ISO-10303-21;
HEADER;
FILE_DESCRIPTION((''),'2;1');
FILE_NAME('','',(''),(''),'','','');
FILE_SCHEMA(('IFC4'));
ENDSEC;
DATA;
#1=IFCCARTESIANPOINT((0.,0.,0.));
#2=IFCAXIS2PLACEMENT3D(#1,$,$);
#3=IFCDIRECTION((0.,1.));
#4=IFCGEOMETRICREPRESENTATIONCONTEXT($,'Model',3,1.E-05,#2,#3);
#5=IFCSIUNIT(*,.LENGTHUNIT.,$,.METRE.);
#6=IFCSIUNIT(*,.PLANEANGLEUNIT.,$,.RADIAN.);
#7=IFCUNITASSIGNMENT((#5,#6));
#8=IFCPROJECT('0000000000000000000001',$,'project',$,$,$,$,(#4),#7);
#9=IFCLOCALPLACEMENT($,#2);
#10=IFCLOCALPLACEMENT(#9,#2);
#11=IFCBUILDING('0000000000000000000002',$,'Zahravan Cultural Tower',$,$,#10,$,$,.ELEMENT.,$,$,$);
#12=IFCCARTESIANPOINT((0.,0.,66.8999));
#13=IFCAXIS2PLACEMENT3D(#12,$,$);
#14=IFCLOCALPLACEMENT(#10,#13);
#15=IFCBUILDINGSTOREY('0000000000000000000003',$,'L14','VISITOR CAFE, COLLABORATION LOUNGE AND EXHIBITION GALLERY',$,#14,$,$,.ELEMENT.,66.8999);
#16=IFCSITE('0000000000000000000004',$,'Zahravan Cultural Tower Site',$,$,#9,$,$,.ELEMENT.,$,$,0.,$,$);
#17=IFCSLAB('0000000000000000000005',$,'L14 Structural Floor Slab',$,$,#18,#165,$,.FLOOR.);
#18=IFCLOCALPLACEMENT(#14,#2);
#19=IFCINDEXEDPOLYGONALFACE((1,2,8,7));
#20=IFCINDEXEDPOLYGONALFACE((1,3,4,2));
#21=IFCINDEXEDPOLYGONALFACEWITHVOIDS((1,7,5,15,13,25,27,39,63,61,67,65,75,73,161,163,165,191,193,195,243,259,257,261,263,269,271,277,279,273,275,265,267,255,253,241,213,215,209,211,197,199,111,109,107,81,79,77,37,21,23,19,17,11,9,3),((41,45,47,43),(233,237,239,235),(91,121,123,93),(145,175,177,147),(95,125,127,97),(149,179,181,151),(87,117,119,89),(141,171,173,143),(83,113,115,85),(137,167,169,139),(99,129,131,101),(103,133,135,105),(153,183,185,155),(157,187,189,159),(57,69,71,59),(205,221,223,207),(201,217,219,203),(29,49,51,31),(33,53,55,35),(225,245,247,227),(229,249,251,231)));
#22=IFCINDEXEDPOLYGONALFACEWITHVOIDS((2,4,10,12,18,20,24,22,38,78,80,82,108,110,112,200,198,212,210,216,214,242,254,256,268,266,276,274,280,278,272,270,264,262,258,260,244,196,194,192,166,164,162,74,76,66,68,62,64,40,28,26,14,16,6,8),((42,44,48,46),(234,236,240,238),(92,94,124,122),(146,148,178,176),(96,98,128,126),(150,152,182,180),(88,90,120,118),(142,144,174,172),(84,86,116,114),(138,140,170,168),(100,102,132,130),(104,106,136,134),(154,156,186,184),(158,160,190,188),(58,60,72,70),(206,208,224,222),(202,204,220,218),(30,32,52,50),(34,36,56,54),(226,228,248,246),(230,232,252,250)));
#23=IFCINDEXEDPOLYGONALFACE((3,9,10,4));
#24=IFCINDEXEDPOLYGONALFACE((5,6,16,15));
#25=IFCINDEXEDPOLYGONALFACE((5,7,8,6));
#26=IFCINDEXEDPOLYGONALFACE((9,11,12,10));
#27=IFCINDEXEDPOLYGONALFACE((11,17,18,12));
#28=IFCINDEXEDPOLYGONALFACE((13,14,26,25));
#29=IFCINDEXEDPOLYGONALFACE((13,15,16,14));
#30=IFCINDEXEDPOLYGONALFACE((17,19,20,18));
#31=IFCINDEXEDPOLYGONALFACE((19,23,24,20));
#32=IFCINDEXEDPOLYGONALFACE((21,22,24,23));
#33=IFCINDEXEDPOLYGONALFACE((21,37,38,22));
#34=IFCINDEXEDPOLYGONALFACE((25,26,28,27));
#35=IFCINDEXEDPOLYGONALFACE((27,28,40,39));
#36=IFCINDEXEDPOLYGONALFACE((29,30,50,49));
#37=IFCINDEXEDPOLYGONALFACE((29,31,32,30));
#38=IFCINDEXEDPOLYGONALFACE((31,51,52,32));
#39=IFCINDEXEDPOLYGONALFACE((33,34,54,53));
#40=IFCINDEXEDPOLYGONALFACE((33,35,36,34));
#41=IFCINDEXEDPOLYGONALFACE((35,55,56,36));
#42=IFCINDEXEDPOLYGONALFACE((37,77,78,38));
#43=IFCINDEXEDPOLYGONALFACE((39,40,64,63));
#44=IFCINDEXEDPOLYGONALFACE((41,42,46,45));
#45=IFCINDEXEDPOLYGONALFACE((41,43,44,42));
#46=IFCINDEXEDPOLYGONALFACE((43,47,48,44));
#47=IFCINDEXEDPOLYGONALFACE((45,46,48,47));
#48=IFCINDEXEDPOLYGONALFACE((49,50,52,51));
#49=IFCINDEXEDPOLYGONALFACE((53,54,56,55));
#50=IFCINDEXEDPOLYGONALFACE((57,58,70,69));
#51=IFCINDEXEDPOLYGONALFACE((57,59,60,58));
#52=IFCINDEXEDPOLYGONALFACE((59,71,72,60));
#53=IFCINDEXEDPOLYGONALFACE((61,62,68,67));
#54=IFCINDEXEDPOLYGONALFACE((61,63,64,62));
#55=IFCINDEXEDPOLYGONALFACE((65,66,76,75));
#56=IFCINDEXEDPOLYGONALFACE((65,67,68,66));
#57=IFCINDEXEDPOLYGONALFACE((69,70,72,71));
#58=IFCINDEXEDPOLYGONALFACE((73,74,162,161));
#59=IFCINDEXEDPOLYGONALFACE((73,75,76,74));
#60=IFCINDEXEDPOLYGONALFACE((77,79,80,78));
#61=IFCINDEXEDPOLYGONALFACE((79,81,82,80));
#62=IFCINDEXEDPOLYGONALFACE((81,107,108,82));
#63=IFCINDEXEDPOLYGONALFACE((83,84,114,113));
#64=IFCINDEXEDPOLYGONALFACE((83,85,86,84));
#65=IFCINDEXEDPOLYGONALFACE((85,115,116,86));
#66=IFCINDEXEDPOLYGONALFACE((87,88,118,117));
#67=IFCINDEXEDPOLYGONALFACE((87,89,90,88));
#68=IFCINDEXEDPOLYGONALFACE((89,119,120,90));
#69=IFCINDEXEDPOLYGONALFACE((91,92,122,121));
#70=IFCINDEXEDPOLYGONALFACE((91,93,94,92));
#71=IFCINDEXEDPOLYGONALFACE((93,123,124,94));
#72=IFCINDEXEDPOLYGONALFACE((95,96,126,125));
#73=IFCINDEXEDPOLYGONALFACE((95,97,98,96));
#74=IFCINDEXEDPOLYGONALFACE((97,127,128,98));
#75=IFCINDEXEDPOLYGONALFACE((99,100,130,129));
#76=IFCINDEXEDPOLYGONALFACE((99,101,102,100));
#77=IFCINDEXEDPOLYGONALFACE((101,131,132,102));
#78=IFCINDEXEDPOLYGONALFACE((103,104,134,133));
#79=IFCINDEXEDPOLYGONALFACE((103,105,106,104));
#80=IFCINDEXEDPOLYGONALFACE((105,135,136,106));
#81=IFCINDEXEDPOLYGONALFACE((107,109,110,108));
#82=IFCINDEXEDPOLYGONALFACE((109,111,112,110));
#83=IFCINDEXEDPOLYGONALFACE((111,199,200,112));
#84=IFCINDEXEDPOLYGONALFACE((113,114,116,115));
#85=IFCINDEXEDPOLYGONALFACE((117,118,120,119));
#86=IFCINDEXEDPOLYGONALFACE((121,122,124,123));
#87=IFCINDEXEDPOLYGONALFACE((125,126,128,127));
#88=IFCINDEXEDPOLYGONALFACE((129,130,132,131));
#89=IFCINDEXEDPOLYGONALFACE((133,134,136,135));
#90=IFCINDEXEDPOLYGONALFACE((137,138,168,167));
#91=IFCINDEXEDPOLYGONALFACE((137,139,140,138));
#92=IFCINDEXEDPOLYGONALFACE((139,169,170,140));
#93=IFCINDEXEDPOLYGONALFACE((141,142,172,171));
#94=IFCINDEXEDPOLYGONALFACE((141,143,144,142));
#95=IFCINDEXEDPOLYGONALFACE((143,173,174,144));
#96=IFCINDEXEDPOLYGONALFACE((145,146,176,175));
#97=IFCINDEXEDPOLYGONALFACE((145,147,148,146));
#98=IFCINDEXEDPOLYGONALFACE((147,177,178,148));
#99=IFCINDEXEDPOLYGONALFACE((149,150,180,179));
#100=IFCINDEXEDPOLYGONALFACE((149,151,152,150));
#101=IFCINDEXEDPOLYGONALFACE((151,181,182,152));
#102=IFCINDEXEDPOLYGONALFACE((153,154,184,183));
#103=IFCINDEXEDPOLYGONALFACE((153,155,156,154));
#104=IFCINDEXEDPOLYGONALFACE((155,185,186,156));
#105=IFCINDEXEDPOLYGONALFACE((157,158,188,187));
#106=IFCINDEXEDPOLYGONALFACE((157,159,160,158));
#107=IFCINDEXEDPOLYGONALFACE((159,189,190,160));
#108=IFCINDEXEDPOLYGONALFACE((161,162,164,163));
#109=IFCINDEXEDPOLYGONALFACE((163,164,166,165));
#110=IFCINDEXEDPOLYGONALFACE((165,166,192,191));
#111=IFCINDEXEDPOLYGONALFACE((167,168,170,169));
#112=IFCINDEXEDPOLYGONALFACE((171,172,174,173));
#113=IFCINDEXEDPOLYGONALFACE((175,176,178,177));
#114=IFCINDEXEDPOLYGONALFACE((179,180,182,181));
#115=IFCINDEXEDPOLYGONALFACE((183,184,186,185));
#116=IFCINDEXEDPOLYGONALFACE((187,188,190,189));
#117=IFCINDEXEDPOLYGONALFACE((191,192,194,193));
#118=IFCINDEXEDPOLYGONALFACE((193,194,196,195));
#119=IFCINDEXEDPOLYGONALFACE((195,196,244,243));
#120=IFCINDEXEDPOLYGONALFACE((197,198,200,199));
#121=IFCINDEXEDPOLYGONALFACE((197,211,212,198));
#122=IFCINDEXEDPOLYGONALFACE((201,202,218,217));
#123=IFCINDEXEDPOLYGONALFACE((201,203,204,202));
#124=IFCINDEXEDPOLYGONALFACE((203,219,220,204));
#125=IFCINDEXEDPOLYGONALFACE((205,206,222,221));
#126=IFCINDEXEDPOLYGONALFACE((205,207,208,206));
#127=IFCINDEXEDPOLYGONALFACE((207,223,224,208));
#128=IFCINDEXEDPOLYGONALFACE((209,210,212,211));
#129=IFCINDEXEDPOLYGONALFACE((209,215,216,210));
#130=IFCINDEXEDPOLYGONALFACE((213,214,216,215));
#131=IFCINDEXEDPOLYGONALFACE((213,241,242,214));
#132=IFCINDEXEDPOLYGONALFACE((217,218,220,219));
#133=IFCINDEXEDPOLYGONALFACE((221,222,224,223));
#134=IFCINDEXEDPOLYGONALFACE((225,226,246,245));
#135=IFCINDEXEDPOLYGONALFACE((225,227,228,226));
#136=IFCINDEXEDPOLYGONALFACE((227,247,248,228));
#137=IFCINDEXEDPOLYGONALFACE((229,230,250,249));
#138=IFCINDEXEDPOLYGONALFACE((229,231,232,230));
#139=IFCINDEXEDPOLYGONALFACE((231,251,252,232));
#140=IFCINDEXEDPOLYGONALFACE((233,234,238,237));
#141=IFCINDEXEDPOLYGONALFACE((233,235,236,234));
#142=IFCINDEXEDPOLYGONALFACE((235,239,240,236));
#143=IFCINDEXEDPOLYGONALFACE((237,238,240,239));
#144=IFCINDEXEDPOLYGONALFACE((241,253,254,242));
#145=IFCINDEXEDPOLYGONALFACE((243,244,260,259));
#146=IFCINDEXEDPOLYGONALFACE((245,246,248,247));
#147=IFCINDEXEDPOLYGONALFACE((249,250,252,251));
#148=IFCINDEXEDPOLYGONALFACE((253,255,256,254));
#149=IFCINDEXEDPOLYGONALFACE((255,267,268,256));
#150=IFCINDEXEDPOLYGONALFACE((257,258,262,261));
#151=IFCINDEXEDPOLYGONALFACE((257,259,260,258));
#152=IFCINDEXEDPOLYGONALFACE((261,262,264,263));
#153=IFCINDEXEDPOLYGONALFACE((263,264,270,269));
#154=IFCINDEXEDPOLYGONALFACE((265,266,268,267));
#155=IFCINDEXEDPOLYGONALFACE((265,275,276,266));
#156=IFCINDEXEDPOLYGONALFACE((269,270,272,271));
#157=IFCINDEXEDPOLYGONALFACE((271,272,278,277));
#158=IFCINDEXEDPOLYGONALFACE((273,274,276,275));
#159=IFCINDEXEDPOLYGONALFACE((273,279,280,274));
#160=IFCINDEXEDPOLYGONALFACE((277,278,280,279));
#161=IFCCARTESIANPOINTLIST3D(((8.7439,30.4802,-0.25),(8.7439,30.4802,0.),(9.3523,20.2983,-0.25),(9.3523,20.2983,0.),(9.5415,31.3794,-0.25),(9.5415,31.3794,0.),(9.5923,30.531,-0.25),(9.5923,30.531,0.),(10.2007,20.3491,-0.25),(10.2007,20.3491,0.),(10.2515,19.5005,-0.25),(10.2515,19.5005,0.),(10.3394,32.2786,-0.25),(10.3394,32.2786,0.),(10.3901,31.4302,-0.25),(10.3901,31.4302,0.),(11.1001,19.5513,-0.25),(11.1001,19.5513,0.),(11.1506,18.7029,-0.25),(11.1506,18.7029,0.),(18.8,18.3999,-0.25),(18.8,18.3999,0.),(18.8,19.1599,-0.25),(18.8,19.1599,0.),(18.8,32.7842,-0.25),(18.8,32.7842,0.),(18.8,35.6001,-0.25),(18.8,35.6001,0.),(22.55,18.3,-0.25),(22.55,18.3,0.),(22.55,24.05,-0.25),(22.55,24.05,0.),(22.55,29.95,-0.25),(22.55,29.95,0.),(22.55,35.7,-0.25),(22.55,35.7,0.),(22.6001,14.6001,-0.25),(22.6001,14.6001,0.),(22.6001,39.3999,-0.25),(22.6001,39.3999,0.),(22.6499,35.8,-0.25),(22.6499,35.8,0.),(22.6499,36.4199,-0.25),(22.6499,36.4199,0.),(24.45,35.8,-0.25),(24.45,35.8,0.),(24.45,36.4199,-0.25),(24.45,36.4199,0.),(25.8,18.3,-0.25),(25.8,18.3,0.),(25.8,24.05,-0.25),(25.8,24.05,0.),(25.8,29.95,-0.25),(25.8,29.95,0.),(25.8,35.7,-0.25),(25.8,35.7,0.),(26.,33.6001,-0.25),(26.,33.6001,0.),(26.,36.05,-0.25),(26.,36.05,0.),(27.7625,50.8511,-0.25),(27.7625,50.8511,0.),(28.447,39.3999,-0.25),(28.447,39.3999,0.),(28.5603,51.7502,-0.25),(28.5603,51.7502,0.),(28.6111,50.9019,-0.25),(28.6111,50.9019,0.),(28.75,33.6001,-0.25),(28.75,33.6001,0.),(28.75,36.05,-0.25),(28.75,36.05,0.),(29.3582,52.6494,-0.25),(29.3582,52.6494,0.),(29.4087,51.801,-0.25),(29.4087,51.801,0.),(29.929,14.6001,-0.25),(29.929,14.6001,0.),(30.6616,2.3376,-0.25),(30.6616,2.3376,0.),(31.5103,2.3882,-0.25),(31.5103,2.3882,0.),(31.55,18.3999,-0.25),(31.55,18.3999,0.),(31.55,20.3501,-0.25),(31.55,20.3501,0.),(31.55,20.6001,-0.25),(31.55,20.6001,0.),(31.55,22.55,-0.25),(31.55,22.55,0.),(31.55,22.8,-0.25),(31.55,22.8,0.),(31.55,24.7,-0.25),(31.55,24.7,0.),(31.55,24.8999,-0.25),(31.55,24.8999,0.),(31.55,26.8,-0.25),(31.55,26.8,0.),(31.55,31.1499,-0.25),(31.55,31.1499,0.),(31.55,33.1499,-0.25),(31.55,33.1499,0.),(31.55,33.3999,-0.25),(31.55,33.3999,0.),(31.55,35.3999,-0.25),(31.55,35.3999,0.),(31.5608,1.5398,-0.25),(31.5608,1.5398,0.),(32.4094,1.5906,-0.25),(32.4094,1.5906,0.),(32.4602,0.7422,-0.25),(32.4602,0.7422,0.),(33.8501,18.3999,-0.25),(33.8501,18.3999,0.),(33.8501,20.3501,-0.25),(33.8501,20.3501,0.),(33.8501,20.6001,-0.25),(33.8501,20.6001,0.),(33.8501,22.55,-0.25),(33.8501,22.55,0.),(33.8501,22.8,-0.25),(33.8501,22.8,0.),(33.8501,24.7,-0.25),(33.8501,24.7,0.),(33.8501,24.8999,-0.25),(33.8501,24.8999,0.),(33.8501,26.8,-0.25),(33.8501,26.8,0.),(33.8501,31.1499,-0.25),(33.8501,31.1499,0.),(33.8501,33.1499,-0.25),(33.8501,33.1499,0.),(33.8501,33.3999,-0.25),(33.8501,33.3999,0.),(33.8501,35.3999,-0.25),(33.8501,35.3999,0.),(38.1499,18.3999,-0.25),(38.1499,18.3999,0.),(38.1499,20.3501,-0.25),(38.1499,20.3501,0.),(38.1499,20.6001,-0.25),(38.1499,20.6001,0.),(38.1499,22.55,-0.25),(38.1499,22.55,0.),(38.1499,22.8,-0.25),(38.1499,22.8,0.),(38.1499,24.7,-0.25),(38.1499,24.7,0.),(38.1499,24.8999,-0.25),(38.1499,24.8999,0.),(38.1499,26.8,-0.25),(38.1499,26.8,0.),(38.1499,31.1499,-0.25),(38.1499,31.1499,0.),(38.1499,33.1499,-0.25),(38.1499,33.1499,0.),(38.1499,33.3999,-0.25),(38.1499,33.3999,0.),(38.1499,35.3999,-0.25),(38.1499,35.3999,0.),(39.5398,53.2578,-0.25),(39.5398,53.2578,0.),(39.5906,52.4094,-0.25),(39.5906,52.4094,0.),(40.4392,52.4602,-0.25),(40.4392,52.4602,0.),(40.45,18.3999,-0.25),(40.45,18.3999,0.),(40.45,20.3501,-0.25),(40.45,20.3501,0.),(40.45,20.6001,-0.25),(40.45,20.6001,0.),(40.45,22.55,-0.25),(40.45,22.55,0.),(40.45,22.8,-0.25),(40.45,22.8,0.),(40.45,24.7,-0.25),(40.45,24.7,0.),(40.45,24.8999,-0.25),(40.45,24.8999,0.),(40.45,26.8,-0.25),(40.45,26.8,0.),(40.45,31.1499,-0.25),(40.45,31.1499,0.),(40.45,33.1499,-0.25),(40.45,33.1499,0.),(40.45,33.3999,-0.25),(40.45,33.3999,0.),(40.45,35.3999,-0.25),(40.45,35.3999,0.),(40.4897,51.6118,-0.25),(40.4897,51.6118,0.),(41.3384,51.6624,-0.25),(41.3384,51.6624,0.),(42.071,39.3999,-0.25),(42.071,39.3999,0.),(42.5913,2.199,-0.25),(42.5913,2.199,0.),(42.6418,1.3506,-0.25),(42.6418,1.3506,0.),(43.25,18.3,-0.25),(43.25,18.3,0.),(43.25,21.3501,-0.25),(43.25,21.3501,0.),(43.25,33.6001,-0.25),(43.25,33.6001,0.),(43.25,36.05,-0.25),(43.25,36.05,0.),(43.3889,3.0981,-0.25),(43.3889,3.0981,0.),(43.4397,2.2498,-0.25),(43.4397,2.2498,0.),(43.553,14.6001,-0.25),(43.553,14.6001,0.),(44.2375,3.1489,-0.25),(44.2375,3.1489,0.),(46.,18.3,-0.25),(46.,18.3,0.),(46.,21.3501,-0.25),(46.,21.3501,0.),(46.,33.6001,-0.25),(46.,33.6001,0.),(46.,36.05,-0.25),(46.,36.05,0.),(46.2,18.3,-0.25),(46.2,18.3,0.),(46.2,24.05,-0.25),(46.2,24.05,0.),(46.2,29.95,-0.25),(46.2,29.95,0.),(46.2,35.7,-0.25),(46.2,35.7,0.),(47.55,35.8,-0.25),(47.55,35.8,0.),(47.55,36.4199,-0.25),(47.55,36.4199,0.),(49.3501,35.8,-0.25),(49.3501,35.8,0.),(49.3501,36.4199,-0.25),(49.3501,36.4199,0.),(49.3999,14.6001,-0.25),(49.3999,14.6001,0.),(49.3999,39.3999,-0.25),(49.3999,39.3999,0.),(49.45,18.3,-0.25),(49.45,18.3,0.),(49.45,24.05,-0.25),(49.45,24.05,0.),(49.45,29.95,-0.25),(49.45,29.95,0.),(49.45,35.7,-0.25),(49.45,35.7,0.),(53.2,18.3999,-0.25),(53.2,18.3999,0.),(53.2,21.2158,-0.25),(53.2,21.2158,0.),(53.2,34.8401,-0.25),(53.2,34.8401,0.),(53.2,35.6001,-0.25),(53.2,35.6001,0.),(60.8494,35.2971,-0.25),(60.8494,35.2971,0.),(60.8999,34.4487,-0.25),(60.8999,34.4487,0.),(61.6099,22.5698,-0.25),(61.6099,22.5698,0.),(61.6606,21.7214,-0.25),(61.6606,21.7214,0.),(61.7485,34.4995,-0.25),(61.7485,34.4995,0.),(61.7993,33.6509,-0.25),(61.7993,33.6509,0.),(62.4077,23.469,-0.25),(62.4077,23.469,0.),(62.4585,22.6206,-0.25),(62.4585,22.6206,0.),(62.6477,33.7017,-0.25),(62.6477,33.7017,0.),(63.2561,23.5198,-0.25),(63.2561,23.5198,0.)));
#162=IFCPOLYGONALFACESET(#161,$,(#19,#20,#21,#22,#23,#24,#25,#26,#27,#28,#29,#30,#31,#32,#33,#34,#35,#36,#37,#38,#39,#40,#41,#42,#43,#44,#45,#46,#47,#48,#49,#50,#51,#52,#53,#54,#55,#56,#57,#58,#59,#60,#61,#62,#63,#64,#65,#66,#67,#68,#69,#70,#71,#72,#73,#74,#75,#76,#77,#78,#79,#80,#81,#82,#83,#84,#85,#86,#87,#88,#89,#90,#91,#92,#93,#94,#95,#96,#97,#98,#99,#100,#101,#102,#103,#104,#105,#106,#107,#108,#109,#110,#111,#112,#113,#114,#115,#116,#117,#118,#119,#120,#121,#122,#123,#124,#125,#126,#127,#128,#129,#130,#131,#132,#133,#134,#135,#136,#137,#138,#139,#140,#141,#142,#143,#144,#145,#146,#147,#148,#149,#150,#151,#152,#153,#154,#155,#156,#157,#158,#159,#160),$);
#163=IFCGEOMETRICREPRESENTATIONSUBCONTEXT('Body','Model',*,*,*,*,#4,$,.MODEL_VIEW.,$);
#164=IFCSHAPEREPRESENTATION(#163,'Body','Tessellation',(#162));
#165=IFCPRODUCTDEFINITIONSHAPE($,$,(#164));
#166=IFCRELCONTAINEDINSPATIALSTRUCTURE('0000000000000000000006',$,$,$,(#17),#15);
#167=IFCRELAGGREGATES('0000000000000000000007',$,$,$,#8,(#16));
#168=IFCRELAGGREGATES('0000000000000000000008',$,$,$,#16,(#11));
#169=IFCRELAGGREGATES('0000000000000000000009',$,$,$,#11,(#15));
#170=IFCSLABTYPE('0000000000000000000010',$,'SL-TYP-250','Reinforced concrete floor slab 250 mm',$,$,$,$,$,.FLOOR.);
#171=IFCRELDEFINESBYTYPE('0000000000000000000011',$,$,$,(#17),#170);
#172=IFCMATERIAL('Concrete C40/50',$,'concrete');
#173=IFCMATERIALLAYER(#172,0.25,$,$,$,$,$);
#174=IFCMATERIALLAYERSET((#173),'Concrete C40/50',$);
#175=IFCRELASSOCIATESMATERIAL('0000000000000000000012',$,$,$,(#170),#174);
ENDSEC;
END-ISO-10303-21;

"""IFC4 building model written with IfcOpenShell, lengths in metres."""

from ifc_helpers import new_model, si_unit, direction, frame, origin, place, context, subcontext, project, spatial, polyline, outline, extrude, material, layer, layer_set, type_object, element, save


model = new_model("IFC4")

# Units and contexts
model_context = context("Model", 3, precision=1e-05, world=origin(), true_north=direction((0.0, 1.0)))
body_context = subcontext(model_context, "Body", "Model", "MODEL_VIEW")
ifc_project = project(units=[si_unit("LENGTHUNIT", "METRE"), si_unit("PLANEANGLEUNIT", "RADIAN")], contexts=[model_context])

# Site, building, storey
site_placement = place(None, origin())
site = spatial("IfcSite", under=ifc_project, at=site_placement, Name="Zahravan Cultural Tower Site", CompositionType="ELEMENT", RefElevation=0.0)
building_placement = place(site_placement, origin())
building = spatial("IfcBuilding", under=site, at=building_placement, Name="Zahravan Cultural Tower", CompositionType="ELEMENT")
storey_placement = place(building_placement, frame((0.0, 0.0, 66.8999)))
storey = spatial("IfcBuildingStorey", under=building, at=storey_placement, Name="L14", Description="VISITOR CAFE, COLLABORATION LOUNGE AND EXHIBITION GALLERY", CompositionType="ELEMENT", Elevation=66.8999)

# Slab
ifc_material_1 = material(Name="Concrete C40/50", Category="concrete")
ifc_layer_1 = layer(ifc_material_1, 0.25)
ifc_layer_set_1 = layer_set([ifc_layer_1], Name="Concrete C40/50")
slab_type_1 = type_object("IfcSlabType", Name="SL-TYP-250", Description="Reinforced concrete floor slab 250 mm", PredefinedType="FLOOR", material=ifc_layer_set_1)
slab_1_placement = place(storey_placement, frame((0.0, 0.0, -0.25)))
element("IfcSlab", 1, at=slab_1_placement, inside=storey, type_object=slab_type_1, Name="L14 Structural Floor Slab", PredefinedType="FLOOR", context=body_context, shape_type="SweptSolid", body=[
    extrude(outline(polyline([(53.2, 34.8401), (53.2, 35.6001), (49.3999, 39.3999), (42.071, 39.3999), (41.3384, 51.6624), (40.4897, 51.6118), (40.4392, 52.4602), (39.5906, 52.4094), (39.5398, 53.2578), (29.3582, 52.6494), (29.4087, 51.801), (28.5603, 51.7502), (28.6111, 50.9019), (27.7625, 50.8511), (28.447, 39.3999), (22.6001, 39.3999), (18.8, 35.6001), (18.8, 32.7842), (10.3394, 32.2786), (10.3901, 31.4302), (9.5415, 31.3794), (9.5923, 30.531), (8.7439, 30.4802), (9.3523, 20.2983), (10.2007, 20.3491), (10.2515, 19.5005), (11.1001, 19.5513), (11.1506, 18.7029), (18.8, 19.1599), (18.8, 18.3999), (22.6001, 14.6001), (29.929, 14.6001), (30.6616, 2.3376), (31.5103, 2.3882), (31.5608, 1.5398), (32.4094, 1.5906), (32.4602, 0.7422), (42.6418, 1.3506), (42.5913, 2.199), (43.4397, 2.2498), (43.3889, 3.0981), (44.2375, 3.1489), (43.553, 14.6001), (49.3999, 14.6001), (53.2, 18.3999), (53.2, 21.2158), (61.6606, 21.7214), (61.6099, 22.5698), (62.4585, 22.6206), (62.4077, 23.469), (63.2561, 23.5198), (62.6477, 33.7017), (61.7993, 33.6509), (61.7485, 34.4995), (60.8999, 34.4487), (60.8494, 35.2971), (53.2, 34.8401)]), holes=[polyline([(22.55, 29.95), (22.55, 35.7), (25.8, 35.7), (25.8, 29.95), (22.55, 29.95)]), polyline([(22.55, 18.3), (22.55, 24.05), (25.8, 24.05), (25.8, 18.3), (22.55, 18.3)]), polyline([(46.2, 29.95), (46.2, 35.7), (49.45, 35.7), (49.45, 29.95), (46.2, 29.95)]), polyline([(46.2, 18.3), (46.2, 24.05), (49.45, 24.05), (49.45, 18.3), (46.2, 18.3)]), polyline([(26.0, 33.6001), (26.0, 36.05), (28.75, 36.05), (28.75, 33.6001), (26.0, 33.6001)]), polyline([(43.25, 33.6001), (43.25, 36.05), (46.0, 36.05), (46.0, 33.6001), (43.25, 33.6001)]), polyline([(43.25, 18.3), (43.25, 21.3501), (46.0, 21.3501), (46.0, 18.3), (43.25, 18.3)]), polyline([(31.55, 33.3999), (31.55, 35.3999), (33.8501, 35.3999), (33.8501, 33.3999), (31.55, 33.3999)]), polyline([(31.55, 31.1499), (31.55, 33.1499), (33.8501, 33.1499), (33.8501, 31.1499), (31.55, 31.1499)]), polyline([(38.1499, 33.3999), (38.1499, 35.3999), (40.45, 35.3999), (40.45, 33.3999), (38.1499, 33.3999)]), polyline([(38.1499, 31.1499), (38.1499, 33.1499), (40.45, 33.1499), (40.45, 31.1499), (38.1499, 31.1499)]), polyline([(31.55, 20.6001), (31.55, 22.55), (33.8501, 22.55), (33.8501, 20.6001), (31.55, 20.6001)]), polyline([(31.55, 18.3999), (31.55, 20.3501), (33.8501, 20.3501), (33.8501, 18.3999), (31.55, 18.3999)]), polyline([(38.1499, 20.6001), (38.1499, 22.55), (40.45, 22.55), (40.45, 20.6001), (38.1499, 20.6001)]), polyline([(38.1499, 18.3999), (38.1499, 20.3501), (40.45, 20.3501), (40.45, 18.3999), (38.1499, 18.3999)]), polyline([(31.55, 24.8999), (31.55, 26.8), (33.8501, 26.8), (33.8501, 24.8999), (31.55, 24.8999)]), polyline([(31.55, 22.8), (31.55, 24.7), (33.8501, 24.7), (33.8501, 22.8), (31.55, 22.8)]), polyline([(38.1499, 24.8999), (38.1499, 26.8), (40.45, 26.8), (40.45, 24.8999), (38.1499, 24.8999)]), polyline([(38.1499, 22.8), (38.1499, 24.7), (40.45, 24.7), (40.45, 22.8), (38.1499, 22.8)]), polyline([(22.6499, 35.8), (22.6499, 36.4199), (24.45, 36.4199), (24.45, 35.8), (22.6499, 35.8)]), polyline([(47.55, 35.8), (47.55, 36.4199), (49.3501, 36.4199), (49.3501, 35.8), (47.55, 35.8)])]), origin(), (0.0, 0.0, 1.0), 0.25),
])

save(model, "model.ifc")
